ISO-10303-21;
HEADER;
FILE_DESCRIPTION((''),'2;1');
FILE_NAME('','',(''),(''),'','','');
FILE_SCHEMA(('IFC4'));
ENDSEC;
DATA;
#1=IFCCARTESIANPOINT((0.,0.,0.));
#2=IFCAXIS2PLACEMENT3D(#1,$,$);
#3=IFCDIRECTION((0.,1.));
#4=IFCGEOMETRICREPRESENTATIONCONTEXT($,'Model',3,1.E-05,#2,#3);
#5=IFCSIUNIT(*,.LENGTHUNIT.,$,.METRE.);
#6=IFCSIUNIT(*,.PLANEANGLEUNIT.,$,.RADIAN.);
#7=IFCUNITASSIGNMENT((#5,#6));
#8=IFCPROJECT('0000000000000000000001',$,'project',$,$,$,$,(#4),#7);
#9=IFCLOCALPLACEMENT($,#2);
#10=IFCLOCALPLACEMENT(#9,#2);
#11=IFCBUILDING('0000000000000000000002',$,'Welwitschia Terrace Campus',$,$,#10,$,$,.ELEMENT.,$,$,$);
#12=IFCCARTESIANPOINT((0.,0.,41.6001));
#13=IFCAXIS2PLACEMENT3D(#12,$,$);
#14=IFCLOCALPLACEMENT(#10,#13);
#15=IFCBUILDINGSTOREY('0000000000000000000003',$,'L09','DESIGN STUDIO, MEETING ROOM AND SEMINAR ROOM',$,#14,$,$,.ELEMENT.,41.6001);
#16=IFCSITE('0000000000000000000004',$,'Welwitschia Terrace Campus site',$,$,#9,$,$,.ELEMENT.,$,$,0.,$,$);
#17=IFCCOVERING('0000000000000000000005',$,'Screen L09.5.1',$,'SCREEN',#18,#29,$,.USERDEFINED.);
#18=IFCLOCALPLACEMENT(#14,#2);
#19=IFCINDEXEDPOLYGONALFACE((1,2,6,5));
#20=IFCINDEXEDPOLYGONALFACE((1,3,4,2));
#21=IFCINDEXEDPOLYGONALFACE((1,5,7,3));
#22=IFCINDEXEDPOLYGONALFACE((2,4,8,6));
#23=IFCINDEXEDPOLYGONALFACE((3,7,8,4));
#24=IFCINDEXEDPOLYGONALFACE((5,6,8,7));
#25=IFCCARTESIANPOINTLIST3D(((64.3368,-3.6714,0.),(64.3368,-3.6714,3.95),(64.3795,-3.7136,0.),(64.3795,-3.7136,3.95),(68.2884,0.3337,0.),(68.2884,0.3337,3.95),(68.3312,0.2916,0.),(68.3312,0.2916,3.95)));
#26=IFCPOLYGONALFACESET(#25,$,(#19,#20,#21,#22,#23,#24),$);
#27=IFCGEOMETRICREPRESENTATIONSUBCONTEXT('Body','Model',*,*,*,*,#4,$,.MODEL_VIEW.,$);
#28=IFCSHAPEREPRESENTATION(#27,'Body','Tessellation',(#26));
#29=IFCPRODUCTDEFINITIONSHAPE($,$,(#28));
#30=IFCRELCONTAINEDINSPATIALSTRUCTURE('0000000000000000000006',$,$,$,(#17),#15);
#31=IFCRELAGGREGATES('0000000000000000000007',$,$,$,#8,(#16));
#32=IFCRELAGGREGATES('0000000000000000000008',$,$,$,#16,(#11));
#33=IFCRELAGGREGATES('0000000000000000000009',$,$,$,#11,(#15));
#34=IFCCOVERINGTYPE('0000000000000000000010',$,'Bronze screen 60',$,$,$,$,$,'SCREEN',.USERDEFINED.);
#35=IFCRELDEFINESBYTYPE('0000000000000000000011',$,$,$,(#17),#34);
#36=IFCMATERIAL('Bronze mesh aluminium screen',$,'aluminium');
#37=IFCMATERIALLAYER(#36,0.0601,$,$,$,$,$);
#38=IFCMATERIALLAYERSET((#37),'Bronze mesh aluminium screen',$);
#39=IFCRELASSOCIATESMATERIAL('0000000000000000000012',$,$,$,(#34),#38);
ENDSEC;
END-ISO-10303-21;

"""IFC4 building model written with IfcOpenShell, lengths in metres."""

from ifc_helpers import new_model, si_unit, direction, frame, origin, origin_2d, place, context, subcontext, project, spatial, rectangle, extrude, material, layer, layer_set, type_object, element, save


model = new_model("IFC4")

# Units and contexts
model_context = context("Model", 3, precision=1e-05, world=origin(), true_north=direction((0.0, 1.0)))
body_context = subcontext(model_context, "Body", "Model", "MODEL_VIEW")
ifc_project = project(units=[si_unit("LENGTHUNIT", "METRE"), si_unit("PLANEANGLEUNIT", "RADIAN")], contexts=[model_context])

# Site, building, storey
site_placement = place(None, origin())
site = spatial("IfcSite", under=ifc_project, at=site_placement, Name="Welwitschia Terrace Campus site", CompositionType="ELEMENT", RefElevation=0.0)
building_placement = place(site_placement, origin())
building = spatial("IfcBuilding", under=site, at=building_placement, Name="Welwitschia Terrace Campus", CompositionType="ELEMENT")
storey_placement = place(building_placement, frame((0.0, 0.0, 41.6001)))
storey = spatial("IfcBuildingStorey", under=building, at=storey_placement, Name="L09", Description="DESIGN STUDIO, MEETING ROOM AND SEMINAR ROOM", CompositionType="ELEMENT", Elevation=41.6001)

# Covering
ifc_material_1 = material(Name="Bronze mesh aluminium screen", Category="aluminium")
ifc_layer_1 = layer(ifc_material_1, 0.0601)
ifc_layer_set_1 = layer_set([ifc_layer_1], Name="Bronze mesh aluminium screen")
covering_type = type_object("IfcCoveringType", Name="Bronze screen 60", ElementType="SCREEN", PredefinedType="USERDEFINED", material=ifc_layer_set_1)
for number, where, z_axis, x_axis, name in (
    (1, (66.334, -1.6899, 0.0), (0.0, 0.0, 1.0), (0.702335, 0.711847, 0.0), "Screen L09.5.1"),
):
    element("IfcCovering", number, at=place(storey_placement, frame(where, z_axis=z_axis, x_axis=x_axis)), inside=storey, type_object=covering_type, Name=name, ObjectType="SCREEN", PredefinedType="USERDEFINED", context=body_context, shape_type="SweptSolid", body=[
        extrude(rectangle(XDim=5.6265, YDim=0.0601, at=origin_2d()), origin(), (0.0, 0.0, 1.0), 3.95),
    ])

save(model, "model.ifc")
